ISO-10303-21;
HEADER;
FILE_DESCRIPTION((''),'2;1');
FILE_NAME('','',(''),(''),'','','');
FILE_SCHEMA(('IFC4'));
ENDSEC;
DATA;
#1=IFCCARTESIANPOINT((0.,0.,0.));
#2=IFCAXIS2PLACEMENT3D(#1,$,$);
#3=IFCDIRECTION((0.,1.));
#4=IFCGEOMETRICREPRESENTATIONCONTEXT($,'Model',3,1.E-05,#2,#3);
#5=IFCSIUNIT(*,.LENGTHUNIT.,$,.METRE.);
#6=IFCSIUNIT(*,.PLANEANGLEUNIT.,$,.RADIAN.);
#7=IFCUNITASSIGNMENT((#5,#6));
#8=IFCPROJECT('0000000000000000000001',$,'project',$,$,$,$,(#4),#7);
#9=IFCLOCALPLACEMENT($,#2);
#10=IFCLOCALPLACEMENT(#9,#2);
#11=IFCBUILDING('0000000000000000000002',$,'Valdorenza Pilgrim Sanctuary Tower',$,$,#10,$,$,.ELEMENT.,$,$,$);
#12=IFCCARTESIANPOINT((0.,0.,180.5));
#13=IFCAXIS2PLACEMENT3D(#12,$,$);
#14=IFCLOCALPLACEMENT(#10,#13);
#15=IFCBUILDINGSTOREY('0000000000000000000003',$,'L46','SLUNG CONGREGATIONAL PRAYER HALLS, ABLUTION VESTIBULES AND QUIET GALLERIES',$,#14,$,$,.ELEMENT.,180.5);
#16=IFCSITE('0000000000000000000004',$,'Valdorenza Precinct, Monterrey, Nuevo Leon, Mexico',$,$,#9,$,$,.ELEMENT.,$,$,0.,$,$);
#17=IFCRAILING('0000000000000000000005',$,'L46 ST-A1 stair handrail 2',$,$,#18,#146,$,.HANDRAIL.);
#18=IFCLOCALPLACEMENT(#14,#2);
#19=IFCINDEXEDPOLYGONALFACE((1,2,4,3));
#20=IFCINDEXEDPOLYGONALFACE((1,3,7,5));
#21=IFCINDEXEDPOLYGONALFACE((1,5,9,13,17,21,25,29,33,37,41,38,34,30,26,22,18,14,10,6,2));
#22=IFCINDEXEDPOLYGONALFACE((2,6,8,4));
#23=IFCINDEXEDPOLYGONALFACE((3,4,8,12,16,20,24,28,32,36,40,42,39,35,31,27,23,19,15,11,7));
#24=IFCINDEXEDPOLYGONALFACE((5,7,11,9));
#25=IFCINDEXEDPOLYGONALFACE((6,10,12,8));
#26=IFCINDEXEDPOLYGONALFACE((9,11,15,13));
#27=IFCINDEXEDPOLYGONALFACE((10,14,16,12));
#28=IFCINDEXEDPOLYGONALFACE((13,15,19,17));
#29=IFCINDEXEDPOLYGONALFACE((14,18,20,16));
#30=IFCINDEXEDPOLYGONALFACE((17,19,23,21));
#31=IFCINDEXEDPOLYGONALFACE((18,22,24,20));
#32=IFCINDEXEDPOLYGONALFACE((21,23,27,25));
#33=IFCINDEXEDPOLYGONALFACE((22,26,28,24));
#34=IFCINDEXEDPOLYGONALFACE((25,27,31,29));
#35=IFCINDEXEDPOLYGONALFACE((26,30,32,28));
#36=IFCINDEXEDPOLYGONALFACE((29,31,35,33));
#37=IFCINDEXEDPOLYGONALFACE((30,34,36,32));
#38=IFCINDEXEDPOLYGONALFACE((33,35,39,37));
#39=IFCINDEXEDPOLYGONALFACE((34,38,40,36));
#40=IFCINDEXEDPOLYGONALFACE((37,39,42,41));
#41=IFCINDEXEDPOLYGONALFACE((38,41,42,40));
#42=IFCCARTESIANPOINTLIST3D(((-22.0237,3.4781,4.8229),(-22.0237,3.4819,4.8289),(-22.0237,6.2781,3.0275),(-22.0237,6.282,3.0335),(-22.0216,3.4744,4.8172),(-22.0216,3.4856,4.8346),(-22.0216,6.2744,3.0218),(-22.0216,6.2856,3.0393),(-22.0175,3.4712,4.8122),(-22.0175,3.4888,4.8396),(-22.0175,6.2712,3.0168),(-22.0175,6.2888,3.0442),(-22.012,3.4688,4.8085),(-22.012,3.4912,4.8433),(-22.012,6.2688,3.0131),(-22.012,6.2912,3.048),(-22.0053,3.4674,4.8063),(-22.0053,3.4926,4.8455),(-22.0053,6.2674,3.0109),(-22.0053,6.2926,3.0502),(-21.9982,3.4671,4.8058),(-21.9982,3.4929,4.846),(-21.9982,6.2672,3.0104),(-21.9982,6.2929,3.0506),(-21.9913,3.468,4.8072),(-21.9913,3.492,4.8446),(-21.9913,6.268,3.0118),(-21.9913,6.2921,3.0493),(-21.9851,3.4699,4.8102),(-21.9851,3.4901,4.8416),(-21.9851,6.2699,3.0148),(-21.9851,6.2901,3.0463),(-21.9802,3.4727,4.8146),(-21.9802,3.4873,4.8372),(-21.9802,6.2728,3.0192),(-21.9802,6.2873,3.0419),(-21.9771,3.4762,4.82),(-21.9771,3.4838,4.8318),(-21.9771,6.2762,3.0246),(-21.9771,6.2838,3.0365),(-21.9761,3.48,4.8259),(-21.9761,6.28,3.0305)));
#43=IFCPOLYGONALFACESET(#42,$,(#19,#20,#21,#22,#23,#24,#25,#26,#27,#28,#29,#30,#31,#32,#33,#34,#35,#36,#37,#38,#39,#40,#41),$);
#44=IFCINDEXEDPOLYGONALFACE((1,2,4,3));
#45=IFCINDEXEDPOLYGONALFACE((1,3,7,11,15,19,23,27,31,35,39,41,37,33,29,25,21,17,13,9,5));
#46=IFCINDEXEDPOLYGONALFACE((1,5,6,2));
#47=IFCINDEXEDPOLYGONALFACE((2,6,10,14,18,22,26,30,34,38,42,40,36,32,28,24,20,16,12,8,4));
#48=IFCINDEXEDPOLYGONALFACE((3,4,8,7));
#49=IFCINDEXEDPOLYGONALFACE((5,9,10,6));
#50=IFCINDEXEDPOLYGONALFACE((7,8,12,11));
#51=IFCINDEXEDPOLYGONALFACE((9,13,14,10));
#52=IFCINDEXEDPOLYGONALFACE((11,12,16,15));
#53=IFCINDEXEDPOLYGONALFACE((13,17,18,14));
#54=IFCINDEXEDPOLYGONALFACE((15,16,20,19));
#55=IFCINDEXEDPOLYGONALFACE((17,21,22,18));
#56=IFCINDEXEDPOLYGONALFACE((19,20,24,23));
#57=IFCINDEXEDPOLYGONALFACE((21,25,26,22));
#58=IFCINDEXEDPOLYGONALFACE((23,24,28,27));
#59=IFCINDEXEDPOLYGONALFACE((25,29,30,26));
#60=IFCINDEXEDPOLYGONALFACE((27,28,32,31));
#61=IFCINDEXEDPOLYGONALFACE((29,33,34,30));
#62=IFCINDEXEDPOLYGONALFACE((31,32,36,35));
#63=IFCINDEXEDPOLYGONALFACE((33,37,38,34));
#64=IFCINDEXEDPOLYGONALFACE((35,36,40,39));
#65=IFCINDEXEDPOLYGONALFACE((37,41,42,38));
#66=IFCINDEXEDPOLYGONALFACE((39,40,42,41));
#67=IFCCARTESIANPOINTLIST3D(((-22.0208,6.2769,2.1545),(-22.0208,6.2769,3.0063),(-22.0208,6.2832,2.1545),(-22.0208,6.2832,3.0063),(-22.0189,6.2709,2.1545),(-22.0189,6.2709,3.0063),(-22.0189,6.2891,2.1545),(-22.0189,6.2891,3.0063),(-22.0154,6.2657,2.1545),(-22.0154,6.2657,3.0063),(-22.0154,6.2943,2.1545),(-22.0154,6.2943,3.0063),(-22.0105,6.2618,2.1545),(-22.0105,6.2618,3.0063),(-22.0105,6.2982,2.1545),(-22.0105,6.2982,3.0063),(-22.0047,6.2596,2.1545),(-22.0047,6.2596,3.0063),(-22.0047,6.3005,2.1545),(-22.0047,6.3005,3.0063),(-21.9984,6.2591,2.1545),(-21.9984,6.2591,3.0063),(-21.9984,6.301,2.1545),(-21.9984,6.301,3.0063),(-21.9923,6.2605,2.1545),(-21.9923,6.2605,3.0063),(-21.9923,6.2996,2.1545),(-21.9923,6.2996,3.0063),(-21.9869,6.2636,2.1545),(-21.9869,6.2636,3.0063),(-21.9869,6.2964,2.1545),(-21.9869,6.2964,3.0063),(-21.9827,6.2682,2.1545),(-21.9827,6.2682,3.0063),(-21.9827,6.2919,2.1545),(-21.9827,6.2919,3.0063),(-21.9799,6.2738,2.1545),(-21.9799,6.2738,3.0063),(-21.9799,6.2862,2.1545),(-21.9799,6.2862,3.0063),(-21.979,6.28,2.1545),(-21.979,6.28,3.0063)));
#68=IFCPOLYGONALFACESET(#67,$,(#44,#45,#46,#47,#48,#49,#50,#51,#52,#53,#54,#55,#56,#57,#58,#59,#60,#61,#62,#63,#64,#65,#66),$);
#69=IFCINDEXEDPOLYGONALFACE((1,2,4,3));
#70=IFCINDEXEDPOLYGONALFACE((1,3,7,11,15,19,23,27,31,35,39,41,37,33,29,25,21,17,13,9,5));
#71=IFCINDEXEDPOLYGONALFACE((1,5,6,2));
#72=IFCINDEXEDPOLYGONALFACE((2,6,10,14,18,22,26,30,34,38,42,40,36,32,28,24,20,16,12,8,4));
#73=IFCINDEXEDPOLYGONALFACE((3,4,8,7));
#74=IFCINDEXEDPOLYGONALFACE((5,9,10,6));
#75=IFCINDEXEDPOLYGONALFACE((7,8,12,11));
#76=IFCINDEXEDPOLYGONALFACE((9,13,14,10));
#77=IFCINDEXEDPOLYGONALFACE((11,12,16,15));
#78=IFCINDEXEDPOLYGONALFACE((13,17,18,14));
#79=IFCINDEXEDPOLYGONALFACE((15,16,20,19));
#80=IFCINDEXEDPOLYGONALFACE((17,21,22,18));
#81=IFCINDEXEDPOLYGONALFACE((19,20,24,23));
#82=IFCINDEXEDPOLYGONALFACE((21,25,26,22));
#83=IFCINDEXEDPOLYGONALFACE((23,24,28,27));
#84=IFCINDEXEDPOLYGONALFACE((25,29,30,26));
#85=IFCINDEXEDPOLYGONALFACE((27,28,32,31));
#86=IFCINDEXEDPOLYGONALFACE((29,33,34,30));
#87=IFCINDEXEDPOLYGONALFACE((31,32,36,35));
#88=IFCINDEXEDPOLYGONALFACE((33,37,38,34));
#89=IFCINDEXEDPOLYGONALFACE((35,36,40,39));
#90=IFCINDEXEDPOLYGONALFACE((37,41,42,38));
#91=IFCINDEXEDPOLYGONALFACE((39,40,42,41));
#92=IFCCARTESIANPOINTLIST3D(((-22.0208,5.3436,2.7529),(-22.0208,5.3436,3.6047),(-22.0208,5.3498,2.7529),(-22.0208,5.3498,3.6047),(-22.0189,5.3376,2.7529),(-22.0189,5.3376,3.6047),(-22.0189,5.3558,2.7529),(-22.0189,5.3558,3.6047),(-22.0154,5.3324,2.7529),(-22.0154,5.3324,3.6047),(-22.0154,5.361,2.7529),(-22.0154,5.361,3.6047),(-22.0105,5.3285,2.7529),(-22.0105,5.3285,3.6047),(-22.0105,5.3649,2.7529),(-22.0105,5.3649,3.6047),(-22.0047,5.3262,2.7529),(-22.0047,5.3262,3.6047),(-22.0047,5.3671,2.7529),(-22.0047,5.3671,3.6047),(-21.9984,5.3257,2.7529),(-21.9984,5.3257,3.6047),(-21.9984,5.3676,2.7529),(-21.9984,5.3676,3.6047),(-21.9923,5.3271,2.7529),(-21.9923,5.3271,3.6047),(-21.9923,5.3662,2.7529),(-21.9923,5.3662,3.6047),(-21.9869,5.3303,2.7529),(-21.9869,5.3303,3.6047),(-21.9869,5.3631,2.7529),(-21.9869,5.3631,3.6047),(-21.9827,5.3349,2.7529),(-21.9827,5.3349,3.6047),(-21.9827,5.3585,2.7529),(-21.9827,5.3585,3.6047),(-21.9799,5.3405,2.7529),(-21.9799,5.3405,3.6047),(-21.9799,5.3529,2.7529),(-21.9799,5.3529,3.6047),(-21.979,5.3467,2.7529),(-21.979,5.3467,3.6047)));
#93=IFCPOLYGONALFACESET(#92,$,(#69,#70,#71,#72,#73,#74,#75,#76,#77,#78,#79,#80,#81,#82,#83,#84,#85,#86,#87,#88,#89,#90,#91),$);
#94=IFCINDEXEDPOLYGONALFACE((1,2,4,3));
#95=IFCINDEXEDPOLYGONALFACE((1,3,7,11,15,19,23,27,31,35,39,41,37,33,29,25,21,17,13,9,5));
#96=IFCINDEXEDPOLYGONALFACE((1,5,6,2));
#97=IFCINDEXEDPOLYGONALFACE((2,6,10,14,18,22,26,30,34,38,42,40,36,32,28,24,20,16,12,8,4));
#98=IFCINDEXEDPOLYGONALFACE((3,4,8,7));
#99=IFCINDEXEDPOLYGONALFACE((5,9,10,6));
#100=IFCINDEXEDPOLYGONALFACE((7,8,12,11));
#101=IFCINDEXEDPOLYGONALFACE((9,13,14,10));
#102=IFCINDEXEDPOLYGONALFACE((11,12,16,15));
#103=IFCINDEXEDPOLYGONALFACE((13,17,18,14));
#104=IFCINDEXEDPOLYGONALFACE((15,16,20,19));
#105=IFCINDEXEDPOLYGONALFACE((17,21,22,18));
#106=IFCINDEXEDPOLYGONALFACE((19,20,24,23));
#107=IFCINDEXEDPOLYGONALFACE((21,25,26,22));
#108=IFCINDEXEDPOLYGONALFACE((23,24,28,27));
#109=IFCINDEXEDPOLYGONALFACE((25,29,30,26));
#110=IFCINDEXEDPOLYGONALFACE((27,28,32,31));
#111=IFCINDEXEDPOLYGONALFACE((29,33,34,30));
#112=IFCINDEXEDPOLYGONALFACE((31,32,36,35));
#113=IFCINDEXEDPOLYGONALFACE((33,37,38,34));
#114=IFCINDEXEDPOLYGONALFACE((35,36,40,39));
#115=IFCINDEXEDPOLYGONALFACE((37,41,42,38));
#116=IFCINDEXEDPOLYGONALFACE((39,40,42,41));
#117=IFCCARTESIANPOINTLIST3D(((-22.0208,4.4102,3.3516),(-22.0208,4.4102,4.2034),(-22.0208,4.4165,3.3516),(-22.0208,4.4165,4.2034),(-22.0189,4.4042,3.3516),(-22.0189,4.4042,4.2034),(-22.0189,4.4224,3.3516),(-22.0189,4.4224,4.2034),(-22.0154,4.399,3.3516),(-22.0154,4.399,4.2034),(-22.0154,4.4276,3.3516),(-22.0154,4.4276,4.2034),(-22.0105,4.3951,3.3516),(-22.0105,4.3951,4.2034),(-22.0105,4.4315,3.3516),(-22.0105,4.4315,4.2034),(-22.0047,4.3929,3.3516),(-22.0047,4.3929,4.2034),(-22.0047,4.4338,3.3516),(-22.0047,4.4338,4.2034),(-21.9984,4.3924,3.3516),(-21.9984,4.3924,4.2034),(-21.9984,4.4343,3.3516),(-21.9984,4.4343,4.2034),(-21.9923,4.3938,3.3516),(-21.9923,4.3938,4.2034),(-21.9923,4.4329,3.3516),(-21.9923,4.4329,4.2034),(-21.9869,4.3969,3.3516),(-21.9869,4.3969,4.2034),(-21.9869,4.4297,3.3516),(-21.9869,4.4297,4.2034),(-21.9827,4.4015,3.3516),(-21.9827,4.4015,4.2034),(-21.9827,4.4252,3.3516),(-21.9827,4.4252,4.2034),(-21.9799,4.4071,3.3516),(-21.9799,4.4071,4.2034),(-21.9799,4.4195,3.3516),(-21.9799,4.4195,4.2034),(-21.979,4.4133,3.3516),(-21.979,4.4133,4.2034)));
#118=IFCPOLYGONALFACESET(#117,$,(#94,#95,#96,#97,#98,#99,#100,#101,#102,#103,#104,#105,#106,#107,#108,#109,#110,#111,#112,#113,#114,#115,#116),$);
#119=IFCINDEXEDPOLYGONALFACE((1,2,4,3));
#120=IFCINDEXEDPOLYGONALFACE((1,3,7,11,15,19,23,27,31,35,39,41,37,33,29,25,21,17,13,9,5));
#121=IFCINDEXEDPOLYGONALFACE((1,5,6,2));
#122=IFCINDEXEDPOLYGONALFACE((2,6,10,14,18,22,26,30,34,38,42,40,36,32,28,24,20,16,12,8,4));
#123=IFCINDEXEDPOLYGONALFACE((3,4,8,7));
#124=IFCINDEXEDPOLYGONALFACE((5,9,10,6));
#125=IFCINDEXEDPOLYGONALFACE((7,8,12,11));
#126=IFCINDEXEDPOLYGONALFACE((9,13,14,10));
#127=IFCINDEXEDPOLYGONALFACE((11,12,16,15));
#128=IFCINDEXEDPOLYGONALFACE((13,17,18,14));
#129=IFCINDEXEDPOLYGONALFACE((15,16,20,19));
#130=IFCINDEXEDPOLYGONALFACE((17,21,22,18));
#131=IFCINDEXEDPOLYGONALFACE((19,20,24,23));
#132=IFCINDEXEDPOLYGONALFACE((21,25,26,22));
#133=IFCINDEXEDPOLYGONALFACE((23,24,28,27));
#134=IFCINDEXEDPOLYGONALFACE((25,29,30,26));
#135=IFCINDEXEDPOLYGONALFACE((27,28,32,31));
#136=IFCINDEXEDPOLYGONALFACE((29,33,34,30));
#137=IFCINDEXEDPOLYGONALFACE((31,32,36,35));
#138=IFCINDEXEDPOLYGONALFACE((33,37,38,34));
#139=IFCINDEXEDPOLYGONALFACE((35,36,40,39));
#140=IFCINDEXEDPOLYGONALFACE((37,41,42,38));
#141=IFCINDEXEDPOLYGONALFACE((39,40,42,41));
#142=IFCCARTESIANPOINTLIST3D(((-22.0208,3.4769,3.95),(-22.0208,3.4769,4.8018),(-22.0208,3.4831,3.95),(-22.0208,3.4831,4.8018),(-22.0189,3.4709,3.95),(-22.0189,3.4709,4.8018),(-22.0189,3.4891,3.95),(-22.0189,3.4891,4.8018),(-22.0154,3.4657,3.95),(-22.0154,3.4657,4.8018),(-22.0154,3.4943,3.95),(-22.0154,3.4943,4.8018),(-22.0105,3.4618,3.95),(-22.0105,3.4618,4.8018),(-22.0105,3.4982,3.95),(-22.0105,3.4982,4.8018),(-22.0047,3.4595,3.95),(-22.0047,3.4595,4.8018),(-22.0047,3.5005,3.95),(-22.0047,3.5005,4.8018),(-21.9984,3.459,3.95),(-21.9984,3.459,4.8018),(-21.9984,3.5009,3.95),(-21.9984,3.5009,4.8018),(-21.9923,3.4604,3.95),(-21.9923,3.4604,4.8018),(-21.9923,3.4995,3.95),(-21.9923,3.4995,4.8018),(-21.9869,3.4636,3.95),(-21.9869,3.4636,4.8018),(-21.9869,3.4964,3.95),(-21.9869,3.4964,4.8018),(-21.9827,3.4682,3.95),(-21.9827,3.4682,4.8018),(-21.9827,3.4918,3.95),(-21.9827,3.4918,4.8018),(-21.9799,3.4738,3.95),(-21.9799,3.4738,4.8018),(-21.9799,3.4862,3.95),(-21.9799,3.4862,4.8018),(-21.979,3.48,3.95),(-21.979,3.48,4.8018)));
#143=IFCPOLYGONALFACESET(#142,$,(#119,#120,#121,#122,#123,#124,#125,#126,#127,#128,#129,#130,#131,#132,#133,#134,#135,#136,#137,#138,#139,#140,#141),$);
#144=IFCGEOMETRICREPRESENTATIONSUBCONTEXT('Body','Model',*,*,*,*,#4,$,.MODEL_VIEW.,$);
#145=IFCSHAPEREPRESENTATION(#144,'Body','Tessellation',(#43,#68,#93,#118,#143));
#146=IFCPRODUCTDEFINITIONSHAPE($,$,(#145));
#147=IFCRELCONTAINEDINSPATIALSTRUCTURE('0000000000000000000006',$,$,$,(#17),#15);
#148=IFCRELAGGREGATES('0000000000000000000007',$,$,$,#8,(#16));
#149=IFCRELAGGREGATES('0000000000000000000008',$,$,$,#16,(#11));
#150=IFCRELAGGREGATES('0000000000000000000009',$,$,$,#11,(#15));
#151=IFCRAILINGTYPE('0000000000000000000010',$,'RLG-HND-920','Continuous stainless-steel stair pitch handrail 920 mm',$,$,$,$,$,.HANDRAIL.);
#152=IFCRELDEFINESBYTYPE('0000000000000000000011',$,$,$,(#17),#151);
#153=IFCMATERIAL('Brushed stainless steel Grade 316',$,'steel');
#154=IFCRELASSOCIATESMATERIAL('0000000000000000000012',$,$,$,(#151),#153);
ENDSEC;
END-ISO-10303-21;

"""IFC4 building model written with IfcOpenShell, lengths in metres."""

from ifc_helpers import new_model, si_unit, direction, frame, origin, origin_2d, place, context, subcontext, project, spatial, circle, extrude, material, type_object, element, save


model = new_model("IFC4")

# Units and contexts
model_context = context("Model", 3, precision=1e-05, world=origin(), true_north=direction((0.0, 1.0)))
body_context = subcontext(model_context, "Body", "Model", "MODEL_VIEW")
ifc_project = project(units=[si_unit("LENGTHUNIT", "METRE"), si_unit("PLANEANGLEUNIT", "RADIAN")], contexts=[model_context])

# Site, building, storey
site_placement = place(None, origin())
site = spatial("IfcSite", under=ifc_project, at=site_placement, Name="Valdorenza Precinct, Monterrey, Nuevo Leon, Mexico", CompositionType="ELEMENT", RefElevation=0.0)
building_placement = place(site_placement, origin())
building = spatial("IfcBuilding", under=site, at=building_placement, Name="Valdorenza Pilgrim Sanctuary Tower", CompositionType="ELEMENT")
storey_placement = place(building_placement, frame((0.0, 0.0, 180.5)))
storey = spatial("IfcBuildingStorey", under=building, at=storey_placement, Name="L46", Description="SLUNG CONGREGATIONAL PRAYER HALLS, ABLUTION VESTIBULES AND QUIET GALLERIES", CompositionType="ELEMENT", Elevation=180.5)

# Shared definitions
ifc_material_1 = material(Name="Brushed stainless steel Grade 316", Category="steel")

# Railing
railing_type_1 = type_object("IfcRailingType", Name="RLG-HND-920", Description="Continuous stainless-steel stair pitch handrail 920 mm", PredefinedType="HANDRAIL", material=ifc_material_1)
railing_1_placement = place(storey_placement, frame((-22.0, 6.28, 2.1545)))
element("IfcRailing", 1, at=railing_1_placement, inside=storey, type_object=railing_type_1, Name="L46 ST-A1 stair handrail 2", PredefinedType="HANDRAIL", context=body_context, shape_type="SweptSolid", body=[
    extrude(circle(Radius=0.0239, at=origin_2d()), frame((0.0, 0.0, 0.876), z_axis=(0.0, -0.84181, 0.539774), x_axis=(1.0, 0.0, 0.0)), (0.0, 0.0, 1.0), 3.3262),
    extrude(circle(Radius=0.021, at=origin_2d()), origin(), (0.0, 0.0, 1.0), 0.8518),
    extrude(circle(Radius=0.021, at=origin_2d()), frame((0.0, -0.9333, 0.5984)), (0.0, 0.0, 1.0), 0.8518),
    extrude(circle(Radius=0.021, at=origin_2d()), frame((0.0, -1.8667, 1.197)), (0.0, 0.0, 1.0), 0.8518),
    extrude(circle(Radius=0.021, at=origin_2d()), frame((0.0, -2.8, 1.7954)), (0.0, 0.0, 1.0), 0.8518),
])

save(model, "model.ifc")
